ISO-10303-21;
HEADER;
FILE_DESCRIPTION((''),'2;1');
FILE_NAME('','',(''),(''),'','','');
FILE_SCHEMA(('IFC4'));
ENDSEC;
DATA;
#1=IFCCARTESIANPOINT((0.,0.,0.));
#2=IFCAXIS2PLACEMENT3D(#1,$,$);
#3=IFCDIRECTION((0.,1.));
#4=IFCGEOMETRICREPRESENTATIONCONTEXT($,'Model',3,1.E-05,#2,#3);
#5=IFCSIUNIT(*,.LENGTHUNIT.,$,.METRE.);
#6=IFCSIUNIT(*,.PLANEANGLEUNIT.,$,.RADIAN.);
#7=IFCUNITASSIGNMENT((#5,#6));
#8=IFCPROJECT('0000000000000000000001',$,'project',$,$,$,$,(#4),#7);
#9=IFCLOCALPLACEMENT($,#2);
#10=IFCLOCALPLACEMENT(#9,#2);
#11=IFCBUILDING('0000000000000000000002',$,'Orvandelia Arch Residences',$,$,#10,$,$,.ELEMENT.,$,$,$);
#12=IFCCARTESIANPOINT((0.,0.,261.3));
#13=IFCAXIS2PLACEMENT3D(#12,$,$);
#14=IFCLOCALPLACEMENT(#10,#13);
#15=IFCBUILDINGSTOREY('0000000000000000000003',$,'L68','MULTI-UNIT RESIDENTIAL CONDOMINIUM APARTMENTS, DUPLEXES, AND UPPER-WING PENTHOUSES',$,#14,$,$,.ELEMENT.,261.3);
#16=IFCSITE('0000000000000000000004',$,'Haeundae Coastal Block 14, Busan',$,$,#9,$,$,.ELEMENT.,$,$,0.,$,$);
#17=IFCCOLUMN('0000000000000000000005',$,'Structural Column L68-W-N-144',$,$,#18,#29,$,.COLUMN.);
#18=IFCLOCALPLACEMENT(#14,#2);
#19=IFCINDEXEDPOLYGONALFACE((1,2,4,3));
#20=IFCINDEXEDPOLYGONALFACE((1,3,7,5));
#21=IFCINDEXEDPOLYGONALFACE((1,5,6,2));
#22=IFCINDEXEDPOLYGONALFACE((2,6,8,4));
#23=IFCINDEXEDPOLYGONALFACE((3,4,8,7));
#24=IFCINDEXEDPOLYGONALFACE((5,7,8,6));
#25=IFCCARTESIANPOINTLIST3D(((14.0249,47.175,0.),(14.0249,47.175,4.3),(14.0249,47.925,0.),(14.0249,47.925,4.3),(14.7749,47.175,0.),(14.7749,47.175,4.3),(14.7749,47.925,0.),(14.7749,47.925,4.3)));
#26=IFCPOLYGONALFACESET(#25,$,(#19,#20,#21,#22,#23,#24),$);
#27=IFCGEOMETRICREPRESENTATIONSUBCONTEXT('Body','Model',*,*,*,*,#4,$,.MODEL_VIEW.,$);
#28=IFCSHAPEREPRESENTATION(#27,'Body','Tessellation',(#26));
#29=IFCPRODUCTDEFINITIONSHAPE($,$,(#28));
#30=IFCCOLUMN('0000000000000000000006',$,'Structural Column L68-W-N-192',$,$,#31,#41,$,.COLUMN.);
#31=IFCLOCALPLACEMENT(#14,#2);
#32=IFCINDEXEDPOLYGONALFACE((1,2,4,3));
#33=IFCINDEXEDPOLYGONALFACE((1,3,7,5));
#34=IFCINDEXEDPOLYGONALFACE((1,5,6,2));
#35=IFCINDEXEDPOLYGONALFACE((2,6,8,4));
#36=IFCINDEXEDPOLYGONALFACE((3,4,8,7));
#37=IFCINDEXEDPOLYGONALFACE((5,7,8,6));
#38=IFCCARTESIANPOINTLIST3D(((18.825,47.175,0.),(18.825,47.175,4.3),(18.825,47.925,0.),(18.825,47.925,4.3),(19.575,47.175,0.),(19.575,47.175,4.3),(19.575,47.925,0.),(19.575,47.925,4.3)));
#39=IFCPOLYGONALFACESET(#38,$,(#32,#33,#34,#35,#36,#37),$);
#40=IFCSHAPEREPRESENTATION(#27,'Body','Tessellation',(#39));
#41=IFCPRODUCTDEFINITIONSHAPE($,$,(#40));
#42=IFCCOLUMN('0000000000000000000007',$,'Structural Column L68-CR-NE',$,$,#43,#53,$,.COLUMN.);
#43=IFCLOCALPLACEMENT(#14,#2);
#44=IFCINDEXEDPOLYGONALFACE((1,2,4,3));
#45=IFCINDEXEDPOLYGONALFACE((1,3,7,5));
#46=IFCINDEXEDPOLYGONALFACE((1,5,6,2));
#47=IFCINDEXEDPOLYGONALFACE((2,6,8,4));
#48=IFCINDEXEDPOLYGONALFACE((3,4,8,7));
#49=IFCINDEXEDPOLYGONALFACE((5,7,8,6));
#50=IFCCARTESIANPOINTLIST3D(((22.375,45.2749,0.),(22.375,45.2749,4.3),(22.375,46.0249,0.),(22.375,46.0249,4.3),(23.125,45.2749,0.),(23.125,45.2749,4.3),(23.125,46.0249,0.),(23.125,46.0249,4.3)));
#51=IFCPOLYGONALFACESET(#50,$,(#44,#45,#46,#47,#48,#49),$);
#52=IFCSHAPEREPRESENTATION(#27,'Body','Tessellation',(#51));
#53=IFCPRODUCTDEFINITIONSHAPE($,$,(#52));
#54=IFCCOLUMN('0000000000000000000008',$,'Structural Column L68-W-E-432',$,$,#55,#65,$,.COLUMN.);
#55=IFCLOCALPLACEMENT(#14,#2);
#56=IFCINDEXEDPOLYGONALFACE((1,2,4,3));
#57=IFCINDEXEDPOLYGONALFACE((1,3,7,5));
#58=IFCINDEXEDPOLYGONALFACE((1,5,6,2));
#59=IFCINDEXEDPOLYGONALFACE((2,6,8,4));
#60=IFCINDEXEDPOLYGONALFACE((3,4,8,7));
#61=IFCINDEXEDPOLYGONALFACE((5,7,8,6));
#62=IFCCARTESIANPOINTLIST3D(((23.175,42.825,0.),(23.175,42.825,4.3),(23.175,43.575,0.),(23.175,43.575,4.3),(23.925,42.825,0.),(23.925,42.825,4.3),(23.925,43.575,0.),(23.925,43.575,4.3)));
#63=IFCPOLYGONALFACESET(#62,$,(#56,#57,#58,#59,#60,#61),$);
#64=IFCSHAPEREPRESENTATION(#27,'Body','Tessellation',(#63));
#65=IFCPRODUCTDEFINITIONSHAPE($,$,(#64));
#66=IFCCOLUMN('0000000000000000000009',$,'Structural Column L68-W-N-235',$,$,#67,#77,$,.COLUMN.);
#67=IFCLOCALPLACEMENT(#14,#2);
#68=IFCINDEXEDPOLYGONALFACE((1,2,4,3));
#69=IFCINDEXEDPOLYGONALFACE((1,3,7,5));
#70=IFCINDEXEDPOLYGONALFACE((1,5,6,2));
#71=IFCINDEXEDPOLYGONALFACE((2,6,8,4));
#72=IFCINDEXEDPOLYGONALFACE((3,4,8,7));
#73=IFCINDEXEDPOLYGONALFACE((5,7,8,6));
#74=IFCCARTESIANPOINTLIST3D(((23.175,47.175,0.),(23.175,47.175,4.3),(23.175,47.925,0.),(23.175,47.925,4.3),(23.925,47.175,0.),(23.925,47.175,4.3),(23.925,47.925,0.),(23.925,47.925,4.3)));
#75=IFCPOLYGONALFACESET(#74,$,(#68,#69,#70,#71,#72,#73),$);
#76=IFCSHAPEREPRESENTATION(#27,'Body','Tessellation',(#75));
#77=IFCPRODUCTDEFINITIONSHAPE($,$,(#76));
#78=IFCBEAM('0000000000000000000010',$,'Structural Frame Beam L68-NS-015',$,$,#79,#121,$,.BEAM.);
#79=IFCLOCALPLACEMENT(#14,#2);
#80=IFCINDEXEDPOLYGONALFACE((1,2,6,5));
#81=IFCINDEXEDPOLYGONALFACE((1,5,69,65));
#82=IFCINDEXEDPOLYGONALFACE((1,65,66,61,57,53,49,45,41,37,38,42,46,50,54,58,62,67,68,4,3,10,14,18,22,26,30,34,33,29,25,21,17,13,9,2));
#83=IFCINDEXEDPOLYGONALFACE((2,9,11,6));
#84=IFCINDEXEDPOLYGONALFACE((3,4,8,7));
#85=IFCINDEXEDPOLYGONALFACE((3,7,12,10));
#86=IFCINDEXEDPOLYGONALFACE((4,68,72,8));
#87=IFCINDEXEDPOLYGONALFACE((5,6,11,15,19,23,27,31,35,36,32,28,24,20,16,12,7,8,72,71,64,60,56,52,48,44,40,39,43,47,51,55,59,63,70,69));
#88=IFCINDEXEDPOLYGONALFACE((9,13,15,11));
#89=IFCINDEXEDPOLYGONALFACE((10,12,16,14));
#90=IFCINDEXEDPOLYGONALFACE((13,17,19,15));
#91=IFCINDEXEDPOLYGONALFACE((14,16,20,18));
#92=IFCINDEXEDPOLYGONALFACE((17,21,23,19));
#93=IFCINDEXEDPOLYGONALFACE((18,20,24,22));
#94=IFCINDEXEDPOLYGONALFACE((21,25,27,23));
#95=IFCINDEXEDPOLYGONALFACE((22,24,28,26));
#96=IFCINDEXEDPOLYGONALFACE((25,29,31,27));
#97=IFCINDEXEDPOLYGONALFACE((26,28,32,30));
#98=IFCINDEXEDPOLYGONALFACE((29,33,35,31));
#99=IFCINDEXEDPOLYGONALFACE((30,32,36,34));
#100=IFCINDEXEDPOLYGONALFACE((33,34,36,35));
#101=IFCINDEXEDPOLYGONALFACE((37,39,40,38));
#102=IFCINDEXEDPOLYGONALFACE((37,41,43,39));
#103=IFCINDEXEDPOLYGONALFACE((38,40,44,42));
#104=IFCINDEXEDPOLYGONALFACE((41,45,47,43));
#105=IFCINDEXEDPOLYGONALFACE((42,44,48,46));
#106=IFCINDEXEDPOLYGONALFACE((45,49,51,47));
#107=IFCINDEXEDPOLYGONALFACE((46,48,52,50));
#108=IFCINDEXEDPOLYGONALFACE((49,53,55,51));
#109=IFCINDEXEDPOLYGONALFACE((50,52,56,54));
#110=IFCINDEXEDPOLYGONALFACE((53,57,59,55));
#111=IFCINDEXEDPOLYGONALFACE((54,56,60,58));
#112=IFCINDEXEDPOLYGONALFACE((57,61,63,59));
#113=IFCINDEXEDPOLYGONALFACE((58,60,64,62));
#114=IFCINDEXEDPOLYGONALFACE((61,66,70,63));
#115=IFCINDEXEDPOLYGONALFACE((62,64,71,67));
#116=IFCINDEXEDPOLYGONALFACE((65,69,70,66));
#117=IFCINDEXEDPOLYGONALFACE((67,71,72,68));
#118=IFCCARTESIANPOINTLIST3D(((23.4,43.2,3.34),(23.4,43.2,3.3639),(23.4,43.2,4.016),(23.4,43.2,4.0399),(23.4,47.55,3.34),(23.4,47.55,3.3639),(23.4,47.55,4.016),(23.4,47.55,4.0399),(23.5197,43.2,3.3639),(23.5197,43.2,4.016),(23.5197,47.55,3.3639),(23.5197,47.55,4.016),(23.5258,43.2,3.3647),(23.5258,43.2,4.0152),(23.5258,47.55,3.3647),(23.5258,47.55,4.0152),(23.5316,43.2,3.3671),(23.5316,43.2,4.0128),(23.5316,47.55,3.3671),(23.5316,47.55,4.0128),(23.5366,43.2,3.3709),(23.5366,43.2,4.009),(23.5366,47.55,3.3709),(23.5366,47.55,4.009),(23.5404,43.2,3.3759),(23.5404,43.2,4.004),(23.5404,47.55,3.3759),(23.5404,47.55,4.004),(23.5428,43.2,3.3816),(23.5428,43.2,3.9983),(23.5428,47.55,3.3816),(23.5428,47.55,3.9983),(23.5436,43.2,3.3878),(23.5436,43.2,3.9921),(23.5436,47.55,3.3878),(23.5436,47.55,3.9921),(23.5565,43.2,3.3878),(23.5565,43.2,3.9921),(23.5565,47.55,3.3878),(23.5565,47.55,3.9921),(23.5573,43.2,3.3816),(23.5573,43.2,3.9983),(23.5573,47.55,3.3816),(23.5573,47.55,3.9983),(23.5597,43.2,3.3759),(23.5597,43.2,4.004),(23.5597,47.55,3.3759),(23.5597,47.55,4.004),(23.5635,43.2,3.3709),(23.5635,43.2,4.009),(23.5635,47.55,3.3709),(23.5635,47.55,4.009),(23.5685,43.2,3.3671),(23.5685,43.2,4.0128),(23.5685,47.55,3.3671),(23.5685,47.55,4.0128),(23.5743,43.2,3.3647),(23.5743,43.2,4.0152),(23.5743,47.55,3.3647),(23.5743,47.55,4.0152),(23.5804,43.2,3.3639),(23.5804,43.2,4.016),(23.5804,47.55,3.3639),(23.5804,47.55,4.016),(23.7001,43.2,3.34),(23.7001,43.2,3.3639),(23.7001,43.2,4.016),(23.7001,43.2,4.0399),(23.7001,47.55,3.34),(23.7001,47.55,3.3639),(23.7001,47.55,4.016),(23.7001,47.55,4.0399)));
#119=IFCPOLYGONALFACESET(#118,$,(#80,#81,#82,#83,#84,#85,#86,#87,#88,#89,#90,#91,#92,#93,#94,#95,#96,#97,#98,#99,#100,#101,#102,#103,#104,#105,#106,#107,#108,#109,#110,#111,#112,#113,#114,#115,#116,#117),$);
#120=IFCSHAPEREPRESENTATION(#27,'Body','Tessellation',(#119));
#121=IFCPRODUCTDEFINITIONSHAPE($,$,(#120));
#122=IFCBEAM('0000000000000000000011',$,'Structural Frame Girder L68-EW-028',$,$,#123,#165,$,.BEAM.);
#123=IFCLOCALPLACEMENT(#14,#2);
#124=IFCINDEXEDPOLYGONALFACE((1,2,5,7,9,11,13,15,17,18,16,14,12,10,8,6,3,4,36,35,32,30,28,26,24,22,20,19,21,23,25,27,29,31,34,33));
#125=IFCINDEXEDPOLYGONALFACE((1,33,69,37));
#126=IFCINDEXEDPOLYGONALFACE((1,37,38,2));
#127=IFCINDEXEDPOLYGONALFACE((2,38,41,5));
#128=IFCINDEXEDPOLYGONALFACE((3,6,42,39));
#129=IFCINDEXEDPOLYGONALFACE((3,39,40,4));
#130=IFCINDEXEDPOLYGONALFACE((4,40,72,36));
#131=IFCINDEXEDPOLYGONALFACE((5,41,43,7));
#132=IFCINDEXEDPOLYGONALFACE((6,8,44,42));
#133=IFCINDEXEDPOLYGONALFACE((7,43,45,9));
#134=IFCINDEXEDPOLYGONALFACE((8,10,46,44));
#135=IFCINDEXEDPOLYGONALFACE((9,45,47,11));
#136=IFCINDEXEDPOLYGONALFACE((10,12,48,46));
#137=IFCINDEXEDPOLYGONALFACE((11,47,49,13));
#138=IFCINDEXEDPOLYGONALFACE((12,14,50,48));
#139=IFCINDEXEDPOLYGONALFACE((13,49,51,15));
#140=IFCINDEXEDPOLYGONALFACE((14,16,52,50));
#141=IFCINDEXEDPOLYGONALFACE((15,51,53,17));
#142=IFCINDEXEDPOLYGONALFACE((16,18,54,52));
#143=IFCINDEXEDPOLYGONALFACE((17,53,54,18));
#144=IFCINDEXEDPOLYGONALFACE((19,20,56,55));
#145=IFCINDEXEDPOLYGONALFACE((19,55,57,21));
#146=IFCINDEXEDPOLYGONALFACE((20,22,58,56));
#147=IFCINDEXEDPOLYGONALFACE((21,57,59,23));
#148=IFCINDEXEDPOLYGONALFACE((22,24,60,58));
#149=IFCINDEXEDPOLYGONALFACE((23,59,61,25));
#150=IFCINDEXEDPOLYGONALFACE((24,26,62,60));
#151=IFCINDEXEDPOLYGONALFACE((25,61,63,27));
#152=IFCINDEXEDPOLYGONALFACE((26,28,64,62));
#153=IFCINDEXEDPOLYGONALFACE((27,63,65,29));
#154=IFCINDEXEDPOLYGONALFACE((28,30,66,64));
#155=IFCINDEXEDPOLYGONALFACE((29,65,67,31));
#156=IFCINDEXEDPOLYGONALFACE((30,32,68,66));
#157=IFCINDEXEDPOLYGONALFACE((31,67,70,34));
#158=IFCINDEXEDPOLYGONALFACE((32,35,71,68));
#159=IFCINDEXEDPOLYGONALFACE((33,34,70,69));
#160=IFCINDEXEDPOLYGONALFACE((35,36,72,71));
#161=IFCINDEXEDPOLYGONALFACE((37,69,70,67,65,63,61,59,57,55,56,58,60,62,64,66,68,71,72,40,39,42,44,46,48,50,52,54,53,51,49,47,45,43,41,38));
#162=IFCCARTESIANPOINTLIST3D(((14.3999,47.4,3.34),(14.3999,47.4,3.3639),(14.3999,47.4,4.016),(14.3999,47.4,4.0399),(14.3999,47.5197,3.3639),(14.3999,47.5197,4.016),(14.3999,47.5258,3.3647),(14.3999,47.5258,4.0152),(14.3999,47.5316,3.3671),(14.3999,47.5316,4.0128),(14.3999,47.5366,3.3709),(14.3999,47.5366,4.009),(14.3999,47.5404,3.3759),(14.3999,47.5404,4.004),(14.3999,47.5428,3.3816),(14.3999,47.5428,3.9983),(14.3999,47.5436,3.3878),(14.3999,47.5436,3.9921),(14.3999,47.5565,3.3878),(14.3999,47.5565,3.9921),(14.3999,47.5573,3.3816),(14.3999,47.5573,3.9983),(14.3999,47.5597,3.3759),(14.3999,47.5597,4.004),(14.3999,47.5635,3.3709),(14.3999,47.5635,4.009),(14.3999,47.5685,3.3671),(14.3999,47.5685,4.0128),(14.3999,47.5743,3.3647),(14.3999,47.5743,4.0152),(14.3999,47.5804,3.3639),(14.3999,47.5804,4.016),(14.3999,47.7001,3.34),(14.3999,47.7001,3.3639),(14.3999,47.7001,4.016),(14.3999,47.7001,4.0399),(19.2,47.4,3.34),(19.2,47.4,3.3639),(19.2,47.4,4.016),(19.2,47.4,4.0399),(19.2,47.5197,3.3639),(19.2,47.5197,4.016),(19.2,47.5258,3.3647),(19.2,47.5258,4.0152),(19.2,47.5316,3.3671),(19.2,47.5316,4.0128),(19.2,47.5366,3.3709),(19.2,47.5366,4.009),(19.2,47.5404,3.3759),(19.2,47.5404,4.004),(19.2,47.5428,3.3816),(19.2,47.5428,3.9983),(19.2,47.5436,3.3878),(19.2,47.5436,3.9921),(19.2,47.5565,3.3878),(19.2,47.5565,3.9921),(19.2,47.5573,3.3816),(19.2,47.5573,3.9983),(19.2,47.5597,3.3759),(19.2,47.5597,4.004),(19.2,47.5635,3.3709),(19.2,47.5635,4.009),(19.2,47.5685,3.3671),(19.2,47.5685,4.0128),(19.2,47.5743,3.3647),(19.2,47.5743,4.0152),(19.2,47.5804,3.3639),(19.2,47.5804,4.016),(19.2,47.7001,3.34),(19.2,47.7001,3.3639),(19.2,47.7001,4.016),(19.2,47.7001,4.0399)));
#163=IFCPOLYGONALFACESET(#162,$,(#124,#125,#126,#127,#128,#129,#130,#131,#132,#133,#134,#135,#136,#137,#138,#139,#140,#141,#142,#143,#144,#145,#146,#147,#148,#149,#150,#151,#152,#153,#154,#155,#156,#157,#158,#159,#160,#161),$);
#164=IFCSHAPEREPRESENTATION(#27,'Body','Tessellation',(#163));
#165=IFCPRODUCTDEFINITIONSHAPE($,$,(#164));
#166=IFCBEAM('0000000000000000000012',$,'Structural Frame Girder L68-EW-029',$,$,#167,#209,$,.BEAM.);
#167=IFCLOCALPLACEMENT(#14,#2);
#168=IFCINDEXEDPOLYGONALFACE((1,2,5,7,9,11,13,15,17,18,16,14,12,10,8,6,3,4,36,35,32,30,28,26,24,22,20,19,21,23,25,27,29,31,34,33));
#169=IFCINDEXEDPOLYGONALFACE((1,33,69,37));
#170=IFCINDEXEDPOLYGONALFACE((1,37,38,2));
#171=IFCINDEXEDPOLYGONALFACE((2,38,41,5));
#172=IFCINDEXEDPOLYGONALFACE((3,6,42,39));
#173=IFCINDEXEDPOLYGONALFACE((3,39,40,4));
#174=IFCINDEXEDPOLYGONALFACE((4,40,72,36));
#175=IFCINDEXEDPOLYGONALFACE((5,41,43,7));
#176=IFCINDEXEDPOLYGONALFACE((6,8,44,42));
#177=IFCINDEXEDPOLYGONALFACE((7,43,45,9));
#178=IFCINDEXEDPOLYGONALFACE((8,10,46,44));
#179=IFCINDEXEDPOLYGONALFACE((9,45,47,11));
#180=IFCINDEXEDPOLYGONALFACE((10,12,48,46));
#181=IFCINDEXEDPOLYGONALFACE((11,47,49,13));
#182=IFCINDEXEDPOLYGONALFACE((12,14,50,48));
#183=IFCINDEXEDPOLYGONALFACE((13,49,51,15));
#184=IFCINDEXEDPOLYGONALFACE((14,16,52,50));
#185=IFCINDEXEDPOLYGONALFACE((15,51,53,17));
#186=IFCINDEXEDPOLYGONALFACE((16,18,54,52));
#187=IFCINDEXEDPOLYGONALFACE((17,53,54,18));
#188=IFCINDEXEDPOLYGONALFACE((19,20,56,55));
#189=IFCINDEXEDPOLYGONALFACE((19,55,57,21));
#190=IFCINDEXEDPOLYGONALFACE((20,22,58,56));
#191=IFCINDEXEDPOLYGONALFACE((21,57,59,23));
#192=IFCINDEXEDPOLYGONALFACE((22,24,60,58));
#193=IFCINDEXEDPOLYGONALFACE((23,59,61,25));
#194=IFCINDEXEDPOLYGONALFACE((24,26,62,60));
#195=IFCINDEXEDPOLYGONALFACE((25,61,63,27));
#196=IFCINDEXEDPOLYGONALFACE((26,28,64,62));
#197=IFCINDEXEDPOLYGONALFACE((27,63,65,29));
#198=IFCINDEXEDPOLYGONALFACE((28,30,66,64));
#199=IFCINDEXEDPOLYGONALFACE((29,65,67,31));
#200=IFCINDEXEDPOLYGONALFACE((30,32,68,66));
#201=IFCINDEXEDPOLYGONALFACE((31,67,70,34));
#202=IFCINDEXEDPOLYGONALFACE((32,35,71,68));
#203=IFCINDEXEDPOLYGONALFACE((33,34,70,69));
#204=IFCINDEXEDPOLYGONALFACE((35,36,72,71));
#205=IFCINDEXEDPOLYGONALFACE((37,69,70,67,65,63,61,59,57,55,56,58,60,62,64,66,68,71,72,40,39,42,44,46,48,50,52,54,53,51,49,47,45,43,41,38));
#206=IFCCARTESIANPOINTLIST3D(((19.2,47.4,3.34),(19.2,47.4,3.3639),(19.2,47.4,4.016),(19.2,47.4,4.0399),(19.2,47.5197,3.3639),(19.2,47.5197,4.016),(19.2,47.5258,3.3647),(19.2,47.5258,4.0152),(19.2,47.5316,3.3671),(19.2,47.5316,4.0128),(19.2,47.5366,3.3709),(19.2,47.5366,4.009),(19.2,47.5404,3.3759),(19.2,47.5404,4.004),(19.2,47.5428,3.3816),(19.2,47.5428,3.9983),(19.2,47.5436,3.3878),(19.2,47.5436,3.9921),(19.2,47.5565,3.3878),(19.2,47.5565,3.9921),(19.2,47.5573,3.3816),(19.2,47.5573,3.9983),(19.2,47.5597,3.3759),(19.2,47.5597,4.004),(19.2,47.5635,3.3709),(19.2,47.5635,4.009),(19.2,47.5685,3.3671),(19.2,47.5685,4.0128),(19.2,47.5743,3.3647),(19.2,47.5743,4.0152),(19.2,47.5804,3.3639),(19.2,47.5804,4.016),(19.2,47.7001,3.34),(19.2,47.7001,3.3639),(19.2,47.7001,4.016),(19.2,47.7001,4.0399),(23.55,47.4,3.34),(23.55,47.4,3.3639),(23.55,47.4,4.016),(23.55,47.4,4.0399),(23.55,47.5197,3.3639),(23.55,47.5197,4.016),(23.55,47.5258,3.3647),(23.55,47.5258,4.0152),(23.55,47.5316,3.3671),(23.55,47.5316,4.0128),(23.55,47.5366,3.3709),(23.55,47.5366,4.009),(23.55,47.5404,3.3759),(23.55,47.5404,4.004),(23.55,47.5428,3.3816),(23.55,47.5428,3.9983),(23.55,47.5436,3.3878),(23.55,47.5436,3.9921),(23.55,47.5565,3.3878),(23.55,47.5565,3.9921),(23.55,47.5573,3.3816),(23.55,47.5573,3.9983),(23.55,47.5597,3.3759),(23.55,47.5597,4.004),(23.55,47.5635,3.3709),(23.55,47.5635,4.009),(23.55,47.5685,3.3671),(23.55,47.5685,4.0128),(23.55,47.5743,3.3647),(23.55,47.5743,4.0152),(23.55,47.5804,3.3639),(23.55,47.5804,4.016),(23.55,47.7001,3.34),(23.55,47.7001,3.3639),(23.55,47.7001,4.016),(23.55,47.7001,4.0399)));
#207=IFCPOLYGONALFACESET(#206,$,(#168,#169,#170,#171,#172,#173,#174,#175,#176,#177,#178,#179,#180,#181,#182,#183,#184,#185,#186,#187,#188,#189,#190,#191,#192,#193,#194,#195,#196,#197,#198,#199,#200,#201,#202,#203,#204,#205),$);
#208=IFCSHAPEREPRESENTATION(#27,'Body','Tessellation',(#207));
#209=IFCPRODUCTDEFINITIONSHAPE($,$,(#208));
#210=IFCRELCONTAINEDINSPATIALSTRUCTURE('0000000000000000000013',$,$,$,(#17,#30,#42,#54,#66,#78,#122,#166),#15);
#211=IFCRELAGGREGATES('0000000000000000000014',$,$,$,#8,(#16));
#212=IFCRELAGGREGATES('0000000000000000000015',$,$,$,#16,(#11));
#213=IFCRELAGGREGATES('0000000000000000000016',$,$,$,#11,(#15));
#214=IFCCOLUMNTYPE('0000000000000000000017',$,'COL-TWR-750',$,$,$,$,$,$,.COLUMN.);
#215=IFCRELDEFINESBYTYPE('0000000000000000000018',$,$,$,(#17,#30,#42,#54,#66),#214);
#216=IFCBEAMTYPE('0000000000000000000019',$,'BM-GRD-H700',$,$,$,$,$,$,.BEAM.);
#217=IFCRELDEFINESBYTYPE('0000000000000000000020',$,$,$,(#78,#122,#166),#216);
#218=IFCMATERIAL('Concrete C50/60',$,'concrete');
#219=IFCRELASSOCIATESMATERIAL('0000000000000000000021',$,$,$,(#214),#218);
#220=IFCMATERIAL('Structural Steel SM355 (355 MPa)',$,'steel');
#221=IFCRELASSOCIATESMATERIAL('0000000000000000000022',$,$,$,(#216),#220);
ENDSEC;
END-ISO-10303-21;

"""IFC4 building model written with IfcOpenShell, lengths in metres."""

from ifc_helpers import new_model, si_unit, direction, frame, origin, origin_2d, place, context, subcontext, project, spatial, rectangle, i_section, extrude, material, material_profile, profile_set, type_object, element, save


model = new_model("IFC4")

# Units and contexts
model_context = context("Model", 3, precision=1e-05, world=origin(), true_north=direction((0.0, 1.0)))
body_context = subcontext(model_context, "Body", "Model", "MODEL_VIEW")
ifc_project = project(units=[si_unit("LENGTHUNIT", "METRE"), si_unit("PLANEANGLEUNIT", "RADIAN")], contexts=[model_context])

# Site, building, storey
site_placement = place(None, origin())
site = spatial("IfcSite", under=ifc_project, at=site_placement, Name="Haeundae Coastal Block 14, Busan", CompositionType="ELEMENT", RefElevation=0.0)
building_placement = place(site_placement, origin())
building = spatial("IfcBuilding", under=site, at=building_placement, Name="Orvandelia Arch Residences", CompositionType="ELEMENT")
storey_placement = place(building_placement, frame((0.0, 0.0, 261.3)))
storey = spatial("IfcBuildingStorey", under=building, at=storey_placement, Name="L68", Description="MULTI-UNIT RESIDENTIAL CONDOMINIUM APARTMENTS, DUPLEXES, AND UPPER-WING PENTHOUSES", CompositionType="ELEMENT", Elevation=261.3)

# Columns
ifc_material_1 = material(Name="Concrete C50/60", Category="concrete")
ifc_material_profile_1 = material_profile(ifc_material_1, rectangle(XDim=0.75, YDim=0.75, at=origin_2d()), Name="Concrete C50/60", Category="concrete")
ifc_profile_set_1 = profile_set([ifc_material_profile_1], Name="Concrete C50/60")
column_type = type_object("IfcColumnType", Name="COL-TWR-750", PredefinedType="COLUMN", material=ifc_profile_set_1)
for number, where, z_axis, x_axis, name in (
    (1, (14.3999, 47.55, 0.0), (0.0, 0.0, 1.0), (1.0, 0.0, 0.0), "Structural Column L68-W-N-144"),
    (2, (19.2, 47.55, 0.0), (0.0, 0.0, 1.0), (1.0, 0.0, 0.0), "Structural Column L68-W-N-192"),
    (3, (22.75, 45.6499, 0.0), (0.0, 0.0, 1.0), (1.0, 0.0, 0.0), "Structural Column L68-CR-NE"),
    (4, (23.55, 43.2, 0.0), (0.0, 0.0, 1.0), (1.0, 0.0, 0.0), "Structural Column L68-W-E-432"),
    (5, (23.55, 47.55, 0.0), (0.0, 0.0, 1.0), (1.0, 0.0, 0.0), "Structural Column L68-W-N-235"),
):
    element("IfcColumn", number, at=place(storey_placement, frame(where, z_axis=z_axis, x_axis=x_axis)), inside=storey, type_object=column_type, Name=name, PredefinedType="COLUMN", context=body_context, shape_type="SweptSolid", body=[
        extrude(rectangle(XDim=0.75, YDim=0.75, at=origin_2d()), origin(), (0.0, 0.0, 1.0), 4.3),
    ])

# Beams
ifc_material_2 = material(Name="Structural Steel SM355 (355 MPa)", Category="steel")
ifc_material_profile_2 = material_profile(ifc_material_2, i_section(OverallWidth=0.3, OverallDepth=0.7, WebThickness=0.0129, FlangeThickness=0.0239, FilletRadius=0.0239, at=origin_2d()), Name="Structural Steel SM355 (355 MPa)", Category="steel")
ifc_profile_set_2 = profile_set([ifc_material_profile_2], Name="Structural Steel SM355 (355 MPa)")
beam_type = type_object("IfcBeamType", Name="BM-GRD-H700", PredefinedType="BEAM", material=ifc_profile_set_2)
beam_1_placement = place(storey_placement, frame((23.55, 43.2, 3.6899), z_axis=(0.0, 1.0, 0.0), x_axis=(-1.0, 0.0, 0.0)))
element("IfcBeam", 6, at=beam_1_placement, inside=storey, type_object=beam_type, Name="Structural Frame Beam L68-NS-015", PredefinedType="BEAM", context=body_context, shape_type="SweptSolid", body=[
    extrude(i_section(OverallWidth=0.3, OverallDepth=0.7, WebThickness=0.0129, FlangeThickness=0.0239, FilletRadius=0.0239, at=origin_2d()), origin(), (0.0, 0.0, 1.0), 4.3501),
])
beam_2_placement = place(storey_placement, frame((14.3999, 47.55, 3.6899), z_axis=(1.0, 0.0, 0.0), x_axis=(0.0, 1.0, 0.0)))
element("IfcBeam", 7, at=beam_2_placement, inside=storey, type_object=beam_type, Name="Structural Frame Girder L68-EW-028", PredefinedType="BEAM", context=body_context, shape_type="SweptSolid", body=[
    extrude(i_section(OverallWidth=0.3, OverallDepth=0.7, WebThickness=0.0129, FlangeThickness=0.0239, FilletRadius=0.0239, at=origin_2d()), origin(), (0.0, 0.0, 1.0), 4.8),
])
beam_3_placement = place(storey_placement, frame((19.2, 47.55, 3.6899), z_axis=(1.0, 0.0, 0.0), x_axis=(0.0, 1.0, 0.0)))
element("IfcBeam", 8, at=beam_3_placement, inside=storey, type_object=beam_type, Name="Structural Frame Girder L68-EW-029", PredefinedType="BEAM", context=body_context, shape_type="SweptSolid", body=[
    extrude(i_section(OverallWidth=0.3, OverallDepth=0.7, WebThickness=0.0129, FlangeThickness=0.0239, FilletRadius=0.0239, at=origin_2d()), origin(), (0.0, 0.0, 1.0), 4.3501),
])

save(model, "model.ifc")
